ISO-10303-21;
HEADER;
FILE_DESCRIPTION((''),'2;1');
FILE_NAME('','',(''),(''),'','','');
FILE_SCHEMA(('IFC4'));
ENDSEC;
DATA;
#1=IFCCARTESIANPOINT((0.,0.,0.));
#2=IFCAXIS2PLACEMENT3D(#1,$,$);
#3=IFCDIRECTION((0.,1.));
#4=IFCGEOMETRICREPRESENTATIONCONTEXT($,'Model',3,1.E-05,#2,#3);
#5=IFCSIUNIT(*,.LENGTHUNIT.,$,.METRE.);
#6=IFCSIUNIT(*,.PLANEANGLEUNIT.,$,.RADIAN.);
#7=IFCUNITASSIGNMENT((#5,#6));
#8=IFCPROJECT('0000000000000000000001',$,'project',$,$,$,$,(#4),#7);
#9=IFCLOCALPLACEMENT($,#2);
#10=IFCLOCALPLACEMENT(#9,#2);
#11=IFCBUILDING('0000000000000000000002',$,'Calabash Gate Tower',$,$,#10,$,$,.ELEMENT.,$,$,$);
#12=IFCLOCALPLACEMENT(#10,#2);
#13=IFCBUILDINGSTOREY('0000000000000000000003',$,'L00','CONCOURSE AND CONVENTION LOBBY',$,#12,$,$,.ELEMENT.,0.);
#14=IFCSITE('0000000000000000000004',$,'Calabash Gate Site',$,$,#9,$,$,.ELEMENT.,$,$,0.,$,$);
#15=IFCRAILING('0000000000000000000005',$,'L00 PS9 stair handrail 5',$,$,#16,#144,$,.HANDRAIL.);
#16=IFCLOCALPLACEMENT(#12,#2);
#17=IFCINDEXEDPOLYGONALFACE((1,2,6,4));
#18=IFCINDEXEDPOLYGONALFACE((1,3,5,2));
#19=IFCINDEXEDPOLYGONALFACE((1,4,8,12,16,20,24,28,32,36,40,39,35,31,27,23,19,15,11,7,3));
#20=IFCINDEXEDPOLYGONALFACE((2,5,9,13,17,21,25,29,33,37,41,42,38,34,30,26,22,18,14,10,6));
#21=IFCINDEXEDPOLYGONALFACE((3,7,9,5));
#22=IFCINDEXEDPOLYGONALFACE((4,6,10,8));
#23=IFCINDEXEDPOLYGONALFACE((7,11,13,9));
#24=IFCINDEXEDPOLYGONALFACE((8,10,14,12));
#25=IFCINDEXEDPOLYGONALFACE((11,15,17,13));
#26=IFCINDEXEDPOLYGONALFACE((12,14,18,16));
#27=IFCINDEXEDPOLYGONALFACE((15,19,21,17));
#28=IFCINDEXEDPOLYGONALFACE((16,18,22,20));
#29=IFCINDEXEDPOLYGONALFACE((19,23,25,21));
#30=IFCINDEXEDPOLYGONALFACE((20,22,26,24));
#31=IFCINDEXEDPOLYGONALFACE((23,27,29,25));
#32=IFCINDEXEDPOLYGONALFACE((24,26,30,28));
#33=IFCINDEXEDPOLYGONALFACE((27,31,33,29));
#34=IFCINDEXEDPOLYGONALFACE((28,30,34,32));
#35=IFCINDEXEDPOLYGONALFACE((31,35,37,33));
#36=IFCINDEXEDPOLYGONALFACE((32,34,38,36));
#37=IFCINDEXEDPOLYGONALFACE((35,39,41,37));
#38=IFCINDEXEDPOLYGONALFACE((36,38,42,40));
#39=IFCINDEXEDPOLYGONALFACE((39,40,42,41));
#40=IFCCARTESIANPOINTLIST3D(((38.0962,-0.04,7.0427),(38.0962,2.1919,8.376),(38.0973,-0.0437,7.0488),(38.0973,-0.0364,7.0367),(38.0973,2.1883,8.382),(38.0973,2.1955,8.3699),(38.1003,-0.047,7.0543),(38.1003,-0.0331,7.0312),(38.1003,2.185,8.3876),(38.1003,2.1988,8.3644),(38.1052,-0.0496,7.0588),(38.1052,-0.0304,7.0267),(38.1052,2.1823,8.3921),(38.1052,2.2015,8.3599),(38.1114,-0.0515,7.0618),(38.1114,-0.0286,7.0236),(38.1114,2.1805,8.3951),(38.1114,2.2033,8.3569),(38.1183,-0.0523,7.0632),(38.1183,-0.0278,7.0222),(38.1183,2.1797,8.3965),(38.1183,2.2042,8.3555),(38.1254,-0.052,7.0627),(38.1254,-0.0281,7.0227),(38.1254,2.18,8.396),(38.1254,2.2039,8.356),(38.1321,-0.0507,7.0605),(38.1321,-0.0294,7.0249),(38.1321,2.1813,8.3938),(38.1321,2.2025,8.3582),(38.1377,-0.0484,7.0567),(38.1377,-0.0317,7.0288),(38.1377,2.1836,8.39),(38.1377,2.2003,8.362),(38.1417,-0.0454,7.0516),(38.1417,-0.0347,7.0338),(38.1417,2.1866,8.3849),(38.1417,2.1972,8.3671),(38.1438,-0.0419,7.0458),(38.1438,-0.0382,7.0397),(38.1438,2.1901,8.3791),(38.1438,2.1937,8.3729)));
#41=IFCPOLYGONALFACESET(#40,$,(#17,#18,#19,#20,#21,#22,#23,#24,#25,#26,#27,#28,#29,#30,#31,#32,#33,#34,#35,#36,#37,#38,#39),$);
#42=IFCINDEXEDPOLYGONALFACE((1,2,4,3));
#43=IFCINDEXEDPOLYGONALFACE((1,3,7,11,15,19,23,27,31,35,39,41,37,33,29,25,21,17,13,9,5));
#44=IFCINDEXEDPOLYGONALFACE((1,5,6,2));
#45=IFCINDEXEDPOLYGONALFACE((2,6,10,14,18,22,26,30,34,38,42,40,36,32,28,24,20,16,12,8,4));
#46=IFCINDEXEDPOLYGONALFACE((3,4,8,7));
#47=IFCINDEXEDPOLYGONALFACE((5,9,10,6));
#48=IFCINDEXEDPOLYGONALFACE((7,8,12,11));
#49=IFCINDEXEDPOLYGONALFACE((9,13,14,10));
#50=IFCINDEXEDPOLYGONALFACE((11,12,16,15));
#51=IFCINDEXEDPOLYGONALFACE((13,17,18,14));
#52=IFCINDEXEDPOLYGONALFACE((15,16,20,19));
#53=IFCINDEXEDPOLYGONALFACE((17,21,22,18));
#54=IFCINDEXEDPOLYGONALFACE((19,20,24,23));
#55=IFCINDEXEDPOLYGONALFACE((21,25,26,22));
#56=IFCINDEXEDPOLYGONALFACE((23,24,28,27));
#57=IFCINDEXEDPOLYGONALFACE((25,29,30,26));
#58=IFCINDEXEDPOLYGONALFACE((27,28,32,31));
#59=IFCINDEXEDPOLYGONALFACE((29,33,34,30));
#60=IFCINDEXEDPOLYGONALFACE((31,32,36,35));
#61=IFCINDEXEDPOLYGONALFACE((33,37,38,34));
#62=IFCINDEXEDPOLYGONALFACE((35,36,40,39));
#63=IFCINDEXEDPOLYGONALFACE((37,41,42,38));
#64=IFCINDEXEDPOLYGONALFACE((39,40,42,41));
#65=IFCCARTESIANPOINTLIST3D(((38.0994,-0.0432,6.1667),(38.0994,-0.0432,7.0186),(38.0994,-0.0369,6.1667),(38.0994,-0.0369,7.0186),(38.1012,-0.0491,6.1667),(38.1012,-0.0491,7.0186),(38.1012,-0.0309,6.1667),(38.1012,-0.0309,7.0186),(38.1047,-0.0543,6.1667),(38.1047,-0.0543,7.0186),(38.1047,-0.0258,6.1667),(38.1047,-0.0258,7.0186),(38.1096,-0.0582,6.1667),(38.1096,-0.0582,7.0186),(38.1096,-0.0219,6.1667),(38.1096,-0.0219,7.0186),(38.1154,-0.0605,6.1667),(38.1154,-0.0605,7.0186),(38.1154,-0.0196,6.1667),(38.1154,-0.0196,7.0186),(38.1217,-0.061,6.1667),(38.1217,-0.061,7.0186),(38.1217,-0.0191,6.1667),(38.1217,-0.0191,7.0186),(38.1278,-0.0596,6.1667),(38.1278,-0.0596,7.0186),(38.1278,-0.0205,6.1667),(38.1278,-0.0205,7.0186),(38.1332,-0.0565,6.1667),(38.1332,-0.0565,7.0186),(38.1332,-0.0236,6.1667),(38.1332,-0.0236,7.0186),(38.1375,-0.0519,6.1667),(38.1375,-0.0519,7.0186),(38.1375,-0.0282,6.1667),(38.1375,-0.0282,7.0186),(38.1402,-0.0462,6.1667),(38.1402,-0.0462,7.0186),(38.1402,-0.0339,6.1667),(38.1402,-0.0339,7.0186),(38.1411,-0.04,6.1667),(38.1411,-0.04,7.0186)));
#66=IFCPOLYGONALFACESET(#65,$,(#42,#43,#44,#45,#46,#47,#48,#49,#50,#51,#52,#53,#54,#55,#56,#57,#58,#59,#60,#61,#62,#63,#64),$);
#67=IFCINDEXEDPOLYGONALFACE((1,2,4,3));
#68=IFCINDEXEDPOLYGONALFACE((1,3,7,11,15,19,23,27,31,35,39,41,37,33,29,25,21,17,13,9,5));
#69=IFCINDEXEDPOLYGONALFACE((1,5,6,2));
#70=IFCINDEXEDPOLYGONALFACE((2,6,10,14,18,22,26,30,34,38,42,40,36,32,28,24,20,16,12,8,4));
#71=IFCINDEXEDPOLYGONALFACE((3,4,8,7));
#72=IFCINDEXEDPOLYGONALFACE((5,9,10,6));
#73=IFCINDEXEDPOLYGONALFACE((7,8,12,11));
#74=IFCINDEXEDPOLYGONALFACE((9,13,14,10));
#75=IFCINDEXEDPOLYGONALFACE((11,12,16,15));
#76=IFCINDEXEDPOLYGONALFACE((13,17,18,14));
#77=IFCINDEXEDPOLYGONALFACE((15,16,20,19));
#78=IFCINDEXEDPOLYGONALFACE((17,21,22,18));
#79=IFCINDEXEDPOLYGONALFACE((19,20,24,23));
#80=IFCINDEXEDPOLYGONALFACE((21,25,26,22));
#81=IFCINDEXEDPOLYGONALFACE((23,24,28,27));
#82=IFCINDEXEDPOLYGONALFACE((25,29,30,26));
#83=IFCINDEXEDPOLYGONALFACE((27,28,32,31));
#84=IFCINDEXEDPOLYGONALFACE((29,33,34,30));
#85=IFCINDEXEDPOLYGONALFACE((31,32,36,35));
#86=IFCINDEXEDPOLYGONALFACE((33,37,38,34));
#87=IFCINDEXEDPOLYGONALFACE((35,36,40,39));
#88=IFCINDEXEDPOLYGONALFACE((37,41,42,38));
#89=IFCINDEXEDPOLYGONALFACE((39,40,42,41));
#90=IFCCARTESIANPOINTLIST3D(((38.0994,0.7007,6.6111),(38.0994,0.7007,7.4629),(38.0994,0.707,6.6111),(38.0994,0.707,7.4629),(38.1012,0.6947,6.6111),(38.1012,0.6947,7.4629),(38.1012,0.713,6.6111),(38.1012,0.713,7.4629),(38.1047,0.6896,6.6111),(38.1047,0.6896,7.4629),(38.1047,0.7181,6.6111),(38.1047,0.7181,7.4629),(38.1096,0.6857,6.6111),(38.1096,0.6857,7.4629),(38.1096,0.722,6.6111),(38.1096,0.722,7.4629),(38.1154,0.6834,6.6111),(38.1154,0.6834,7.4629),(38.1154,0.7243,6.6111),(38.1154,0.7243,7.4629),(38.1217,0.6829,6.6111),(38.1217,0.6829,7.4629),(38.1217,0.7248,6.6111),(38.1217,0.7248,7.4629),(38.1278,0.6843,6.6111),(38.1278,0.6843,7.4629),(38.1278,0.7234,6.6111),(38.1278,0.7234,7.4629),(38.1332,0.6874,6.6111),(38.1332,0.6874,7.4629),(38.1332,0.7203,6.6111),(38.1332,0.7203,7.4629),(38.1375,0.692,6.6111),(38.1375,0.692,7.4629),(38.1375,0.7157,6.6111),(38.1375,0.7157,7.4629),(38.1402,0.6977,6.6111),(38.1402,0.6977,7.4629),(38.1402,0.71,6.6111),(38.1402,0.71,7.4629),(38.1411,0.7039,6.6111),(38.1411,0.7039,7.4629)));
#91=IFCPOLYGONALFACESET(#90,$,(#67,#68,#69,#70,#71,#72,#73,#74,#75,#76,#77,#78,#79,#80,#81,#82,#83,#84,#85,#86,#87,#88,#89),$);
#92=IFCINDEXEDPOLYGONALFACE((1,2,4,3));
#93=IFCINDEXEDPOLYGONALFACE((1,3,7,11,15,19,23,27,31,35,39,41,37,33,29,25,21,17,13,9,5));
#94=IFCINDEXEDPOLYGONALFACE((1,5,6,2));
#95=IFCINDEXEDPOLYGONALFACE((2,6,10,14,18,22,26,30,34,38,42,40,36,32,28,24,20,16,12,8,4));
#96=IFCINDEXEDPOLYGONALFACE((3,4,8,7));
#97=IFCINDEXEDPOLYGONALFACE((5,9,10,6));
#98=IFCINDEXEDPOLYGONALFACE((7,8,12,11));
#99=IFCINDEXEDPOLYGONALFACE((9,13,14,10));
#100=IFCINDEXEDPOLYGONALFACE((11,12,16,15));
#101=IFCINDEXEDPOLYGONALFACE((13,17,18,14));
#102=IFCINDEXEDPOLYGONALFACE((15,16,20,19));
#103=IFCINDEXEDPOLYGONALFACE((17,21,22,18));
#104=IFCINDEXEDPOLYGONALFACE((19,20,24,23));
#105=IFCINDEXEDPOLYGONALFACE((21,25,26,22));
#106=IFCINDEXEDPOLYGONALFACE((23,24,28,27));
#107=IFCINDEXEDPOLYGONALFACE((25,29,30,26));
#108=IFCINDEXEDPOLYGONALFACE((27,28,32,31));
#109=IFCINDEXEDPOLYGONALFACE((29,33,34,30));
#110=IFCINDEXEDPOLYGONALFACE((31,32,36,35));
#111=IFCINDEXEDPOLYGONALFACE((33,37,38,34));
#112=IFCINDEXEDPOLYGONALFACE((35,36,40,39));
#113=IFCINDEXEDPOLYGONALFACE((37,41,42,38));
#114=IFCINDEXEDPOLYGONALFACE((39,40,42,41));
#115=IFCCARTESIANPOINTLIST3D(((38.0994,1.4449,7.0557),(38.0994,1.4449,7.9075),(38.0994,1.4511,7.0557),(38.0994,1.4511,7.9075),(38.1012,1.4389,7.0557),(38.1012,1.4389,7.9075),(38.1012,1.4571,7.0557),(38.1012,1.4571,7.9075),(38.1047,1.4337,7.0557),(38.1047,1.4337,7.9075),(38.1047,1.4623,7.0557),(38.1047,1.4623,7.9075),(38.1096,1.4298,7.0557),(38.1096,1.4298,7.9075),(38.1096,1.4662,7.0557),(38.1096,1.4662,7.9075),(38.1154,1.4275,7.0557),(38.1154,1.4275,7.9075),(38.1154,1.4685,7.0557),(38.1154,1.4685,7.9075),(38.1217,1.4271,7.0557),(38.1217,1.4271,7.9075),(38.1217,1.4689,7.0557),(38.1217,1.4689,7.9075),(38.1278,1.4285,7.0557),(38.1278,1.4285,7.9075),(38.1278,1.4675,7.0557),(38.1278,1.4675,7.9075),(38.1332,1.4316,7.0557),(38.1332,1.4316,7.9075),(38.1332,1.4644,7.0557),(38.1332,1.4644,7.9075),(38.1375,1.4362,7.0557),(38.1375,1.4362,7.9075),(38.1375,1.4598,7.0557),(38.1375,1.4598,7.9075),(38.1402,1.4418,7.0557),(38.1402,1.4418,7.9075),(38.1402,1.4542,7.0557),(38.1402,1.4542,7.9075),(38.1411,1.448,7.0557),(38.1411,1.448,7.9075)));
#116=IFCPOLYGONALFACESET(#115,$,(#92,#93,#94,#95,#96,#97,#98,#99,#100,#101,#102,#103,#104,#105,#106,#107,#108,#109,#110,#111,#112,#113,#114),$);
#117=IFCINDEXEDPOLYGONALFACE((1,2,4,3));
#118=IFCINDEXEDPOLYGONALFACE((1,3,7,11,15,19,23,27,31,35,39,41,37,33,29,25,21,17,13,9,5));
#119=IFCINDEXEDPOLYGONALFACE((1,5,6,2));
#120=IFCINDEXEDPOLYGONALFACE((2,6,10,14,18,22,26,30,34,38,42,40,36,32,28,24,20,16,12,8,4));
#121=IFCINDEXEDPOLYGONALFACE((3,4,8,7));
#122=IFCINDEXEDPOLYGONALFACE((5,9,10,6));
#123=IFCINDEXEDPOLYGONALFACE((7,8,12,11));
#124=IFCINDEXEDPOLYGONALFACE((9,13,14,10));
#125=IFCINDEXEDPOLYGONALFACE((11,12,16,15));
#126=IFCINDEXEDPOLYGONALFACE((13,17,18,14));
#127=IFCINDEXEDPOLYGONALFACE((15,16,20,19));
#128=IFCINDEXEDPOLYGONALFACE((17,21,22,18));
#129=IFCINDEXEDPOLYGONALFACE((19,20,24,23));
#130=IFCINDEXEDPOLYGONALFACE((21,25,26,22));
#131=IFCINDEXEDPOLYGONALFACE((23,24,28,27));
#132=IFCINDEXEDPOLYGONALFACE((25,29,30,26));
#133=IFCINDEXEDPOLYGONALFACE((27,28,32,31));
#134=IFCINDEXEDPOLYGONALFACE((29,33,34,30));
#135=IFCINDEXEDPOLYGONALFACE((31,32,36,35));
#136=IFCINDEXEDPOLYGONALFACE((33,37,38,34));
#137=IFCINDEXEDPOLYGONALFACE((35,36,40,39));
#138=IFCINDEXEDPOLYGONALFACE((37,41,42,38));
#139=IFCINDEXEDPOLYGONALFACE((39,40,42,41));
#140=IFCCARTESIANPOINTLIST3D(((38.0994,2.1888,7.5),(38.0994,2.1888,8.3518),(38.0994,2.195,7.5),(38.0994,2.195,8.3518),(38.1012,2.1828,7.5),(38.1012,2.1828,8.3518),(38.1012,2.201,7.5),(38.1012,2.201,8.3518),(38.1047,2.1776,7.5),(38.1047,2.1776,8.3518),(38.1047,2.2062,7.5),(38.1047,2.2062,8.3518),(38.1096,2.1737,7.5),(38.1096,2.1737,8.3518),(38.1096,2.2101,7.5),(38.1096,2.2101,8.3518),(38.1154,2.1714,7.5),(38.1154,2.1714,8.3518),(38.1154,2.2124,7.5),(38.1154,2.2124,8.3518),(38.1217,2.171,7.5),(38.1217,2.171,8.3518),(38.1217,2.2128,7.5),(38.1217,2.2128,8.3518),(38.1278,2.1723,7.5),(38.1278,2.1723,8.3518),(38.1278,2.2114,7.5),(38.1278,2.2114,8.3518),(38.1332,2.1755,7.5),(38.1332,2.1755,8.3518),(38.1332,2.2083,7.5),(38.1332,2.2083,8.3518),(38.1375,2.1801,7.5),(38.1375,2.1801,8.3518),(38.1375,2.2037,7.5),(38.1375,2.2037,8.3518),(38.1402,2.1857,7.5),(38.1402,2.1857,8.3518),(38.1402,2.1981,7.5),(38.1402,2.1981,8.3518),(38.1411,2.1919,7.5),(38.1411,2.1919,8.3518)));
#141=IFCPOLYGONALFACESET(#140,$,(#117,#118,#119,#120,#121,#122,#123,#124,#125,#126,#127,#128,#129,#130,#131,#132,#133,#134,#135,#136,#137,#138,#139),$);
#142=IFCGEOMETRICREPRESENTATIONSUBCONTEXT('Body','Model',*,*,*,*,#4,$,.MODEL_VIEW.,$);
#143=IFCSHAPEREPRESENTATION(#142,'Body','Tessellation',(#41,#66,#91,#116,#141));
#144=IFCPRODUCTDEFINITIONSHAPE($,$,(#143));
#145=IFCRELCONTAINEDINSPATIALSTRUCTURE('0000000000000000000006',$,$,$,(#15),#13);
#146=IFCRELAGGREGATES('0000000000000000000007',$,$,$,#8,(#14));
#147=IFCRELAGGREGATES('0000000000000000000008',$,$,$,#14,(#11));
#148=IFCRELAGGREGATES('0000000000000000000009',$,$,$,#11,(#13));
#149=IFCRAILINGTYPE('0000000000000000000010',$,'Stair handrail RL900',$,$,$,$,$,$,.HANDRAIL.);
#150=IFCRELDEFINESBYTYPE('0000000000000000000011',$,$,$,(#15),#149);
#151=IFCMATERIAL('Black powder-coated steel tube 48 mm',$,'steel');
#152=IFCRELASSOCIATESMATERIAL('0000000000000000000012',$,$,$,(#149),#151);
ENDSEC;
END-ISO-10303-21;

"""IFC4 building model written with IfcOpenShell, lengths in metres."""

from ifc_helpers import new_model, si_unit, direction, frame, origin, origin_2d, place, context, subcontext, project, spatial, circle, extrude, material, type_object, element, save


model = new_model("IFC4")

# Units and contexts
model_context = context("Model", 3, precision=1e-05, world=origin(), true_north=direction((0.0, 1.0)))
body_context = subcontext(model_context, "Body", "Model", "MODEL_VIEW")
ifc_project = project(units=[si_unit("LENGTHUNIT", "METRE"), si_unit("PLANEANGLEUNIT", "RADIAN")], contexts=[model_context])

# Site, building, storey
site_placement = place(None, origin())
site = spatial("IfcSite", under=ifc_project, at=site_placement, Name="Calabash Gate Site", CompositionType="ELEMENT", RefElevation=0.0)
building_placement = place(site_placement, origin())
building = spatial("IfcBuilding", under=site, at=building_placement, Name="Calabash Gate Tower", CompositionType="ELEMENT")
storey_placement = place(building_placement, origin())
storey = spatial("IfcBuildingStorey", under=building, at=storey_placement, Name="L00", Description="CONCOURSE AND CONVENTION LOBBY", CompositionType="ELEMENT", Elevation=0.0)

# Railing
ifc_material_1 = material(Name="Black powder-coated steel tube 48 mm", Category="steel")
railing_type_1 = type_object("IfcRailingType", Name="Stair handrail RL900", PredefinedType="HANDRAIL", material=ifc_material_1)
railing_1_placement = place(storey_placement, frame((38.1201, -0.04, 6.1667)))
element("IfcRailing", 1, at=railing_1_placement, inside=storey, type_object=railing_type_1, Name="L00 PS9 stair handrail 5", PredefinedType="HANDRAIL", context=body_context, shape_type="SweptSolid", body=[
    extrude(circle(Radius=0.0239, at=origin_2d()), frame((0.0, 0.0, 0.876), z_axis=(0.0, 0.858494, 0.512824), x_axis=(-1.0, 0.0, 0.0)), (0.0, 0.0, 1.0), 2.5999),
    extrude(circle(Radius=0.021, at=origin_2d()), origin(), (0.0, 0.0, 1.0), 0.8518),
    extrude(circle(Radius=0.021, at=origin_2d()), frame((0.0, 0.7439, 0.4443)), (0.0, 0.0, 1.0), 0.8518),
    extrude(circle(Radius=0.021, at=origin_2d()), frame((0.0, 1.488, 0.8889)), (0.0, 0.0, 1.0), 0.8518),
    extrude(circle(Radius=0.021, at=origin_2d()), frame((0.0, 2.2319, 1.3333)), (0.0, 0.0, 1.0), 0.8518),
])

save(model, "model.ifc")
